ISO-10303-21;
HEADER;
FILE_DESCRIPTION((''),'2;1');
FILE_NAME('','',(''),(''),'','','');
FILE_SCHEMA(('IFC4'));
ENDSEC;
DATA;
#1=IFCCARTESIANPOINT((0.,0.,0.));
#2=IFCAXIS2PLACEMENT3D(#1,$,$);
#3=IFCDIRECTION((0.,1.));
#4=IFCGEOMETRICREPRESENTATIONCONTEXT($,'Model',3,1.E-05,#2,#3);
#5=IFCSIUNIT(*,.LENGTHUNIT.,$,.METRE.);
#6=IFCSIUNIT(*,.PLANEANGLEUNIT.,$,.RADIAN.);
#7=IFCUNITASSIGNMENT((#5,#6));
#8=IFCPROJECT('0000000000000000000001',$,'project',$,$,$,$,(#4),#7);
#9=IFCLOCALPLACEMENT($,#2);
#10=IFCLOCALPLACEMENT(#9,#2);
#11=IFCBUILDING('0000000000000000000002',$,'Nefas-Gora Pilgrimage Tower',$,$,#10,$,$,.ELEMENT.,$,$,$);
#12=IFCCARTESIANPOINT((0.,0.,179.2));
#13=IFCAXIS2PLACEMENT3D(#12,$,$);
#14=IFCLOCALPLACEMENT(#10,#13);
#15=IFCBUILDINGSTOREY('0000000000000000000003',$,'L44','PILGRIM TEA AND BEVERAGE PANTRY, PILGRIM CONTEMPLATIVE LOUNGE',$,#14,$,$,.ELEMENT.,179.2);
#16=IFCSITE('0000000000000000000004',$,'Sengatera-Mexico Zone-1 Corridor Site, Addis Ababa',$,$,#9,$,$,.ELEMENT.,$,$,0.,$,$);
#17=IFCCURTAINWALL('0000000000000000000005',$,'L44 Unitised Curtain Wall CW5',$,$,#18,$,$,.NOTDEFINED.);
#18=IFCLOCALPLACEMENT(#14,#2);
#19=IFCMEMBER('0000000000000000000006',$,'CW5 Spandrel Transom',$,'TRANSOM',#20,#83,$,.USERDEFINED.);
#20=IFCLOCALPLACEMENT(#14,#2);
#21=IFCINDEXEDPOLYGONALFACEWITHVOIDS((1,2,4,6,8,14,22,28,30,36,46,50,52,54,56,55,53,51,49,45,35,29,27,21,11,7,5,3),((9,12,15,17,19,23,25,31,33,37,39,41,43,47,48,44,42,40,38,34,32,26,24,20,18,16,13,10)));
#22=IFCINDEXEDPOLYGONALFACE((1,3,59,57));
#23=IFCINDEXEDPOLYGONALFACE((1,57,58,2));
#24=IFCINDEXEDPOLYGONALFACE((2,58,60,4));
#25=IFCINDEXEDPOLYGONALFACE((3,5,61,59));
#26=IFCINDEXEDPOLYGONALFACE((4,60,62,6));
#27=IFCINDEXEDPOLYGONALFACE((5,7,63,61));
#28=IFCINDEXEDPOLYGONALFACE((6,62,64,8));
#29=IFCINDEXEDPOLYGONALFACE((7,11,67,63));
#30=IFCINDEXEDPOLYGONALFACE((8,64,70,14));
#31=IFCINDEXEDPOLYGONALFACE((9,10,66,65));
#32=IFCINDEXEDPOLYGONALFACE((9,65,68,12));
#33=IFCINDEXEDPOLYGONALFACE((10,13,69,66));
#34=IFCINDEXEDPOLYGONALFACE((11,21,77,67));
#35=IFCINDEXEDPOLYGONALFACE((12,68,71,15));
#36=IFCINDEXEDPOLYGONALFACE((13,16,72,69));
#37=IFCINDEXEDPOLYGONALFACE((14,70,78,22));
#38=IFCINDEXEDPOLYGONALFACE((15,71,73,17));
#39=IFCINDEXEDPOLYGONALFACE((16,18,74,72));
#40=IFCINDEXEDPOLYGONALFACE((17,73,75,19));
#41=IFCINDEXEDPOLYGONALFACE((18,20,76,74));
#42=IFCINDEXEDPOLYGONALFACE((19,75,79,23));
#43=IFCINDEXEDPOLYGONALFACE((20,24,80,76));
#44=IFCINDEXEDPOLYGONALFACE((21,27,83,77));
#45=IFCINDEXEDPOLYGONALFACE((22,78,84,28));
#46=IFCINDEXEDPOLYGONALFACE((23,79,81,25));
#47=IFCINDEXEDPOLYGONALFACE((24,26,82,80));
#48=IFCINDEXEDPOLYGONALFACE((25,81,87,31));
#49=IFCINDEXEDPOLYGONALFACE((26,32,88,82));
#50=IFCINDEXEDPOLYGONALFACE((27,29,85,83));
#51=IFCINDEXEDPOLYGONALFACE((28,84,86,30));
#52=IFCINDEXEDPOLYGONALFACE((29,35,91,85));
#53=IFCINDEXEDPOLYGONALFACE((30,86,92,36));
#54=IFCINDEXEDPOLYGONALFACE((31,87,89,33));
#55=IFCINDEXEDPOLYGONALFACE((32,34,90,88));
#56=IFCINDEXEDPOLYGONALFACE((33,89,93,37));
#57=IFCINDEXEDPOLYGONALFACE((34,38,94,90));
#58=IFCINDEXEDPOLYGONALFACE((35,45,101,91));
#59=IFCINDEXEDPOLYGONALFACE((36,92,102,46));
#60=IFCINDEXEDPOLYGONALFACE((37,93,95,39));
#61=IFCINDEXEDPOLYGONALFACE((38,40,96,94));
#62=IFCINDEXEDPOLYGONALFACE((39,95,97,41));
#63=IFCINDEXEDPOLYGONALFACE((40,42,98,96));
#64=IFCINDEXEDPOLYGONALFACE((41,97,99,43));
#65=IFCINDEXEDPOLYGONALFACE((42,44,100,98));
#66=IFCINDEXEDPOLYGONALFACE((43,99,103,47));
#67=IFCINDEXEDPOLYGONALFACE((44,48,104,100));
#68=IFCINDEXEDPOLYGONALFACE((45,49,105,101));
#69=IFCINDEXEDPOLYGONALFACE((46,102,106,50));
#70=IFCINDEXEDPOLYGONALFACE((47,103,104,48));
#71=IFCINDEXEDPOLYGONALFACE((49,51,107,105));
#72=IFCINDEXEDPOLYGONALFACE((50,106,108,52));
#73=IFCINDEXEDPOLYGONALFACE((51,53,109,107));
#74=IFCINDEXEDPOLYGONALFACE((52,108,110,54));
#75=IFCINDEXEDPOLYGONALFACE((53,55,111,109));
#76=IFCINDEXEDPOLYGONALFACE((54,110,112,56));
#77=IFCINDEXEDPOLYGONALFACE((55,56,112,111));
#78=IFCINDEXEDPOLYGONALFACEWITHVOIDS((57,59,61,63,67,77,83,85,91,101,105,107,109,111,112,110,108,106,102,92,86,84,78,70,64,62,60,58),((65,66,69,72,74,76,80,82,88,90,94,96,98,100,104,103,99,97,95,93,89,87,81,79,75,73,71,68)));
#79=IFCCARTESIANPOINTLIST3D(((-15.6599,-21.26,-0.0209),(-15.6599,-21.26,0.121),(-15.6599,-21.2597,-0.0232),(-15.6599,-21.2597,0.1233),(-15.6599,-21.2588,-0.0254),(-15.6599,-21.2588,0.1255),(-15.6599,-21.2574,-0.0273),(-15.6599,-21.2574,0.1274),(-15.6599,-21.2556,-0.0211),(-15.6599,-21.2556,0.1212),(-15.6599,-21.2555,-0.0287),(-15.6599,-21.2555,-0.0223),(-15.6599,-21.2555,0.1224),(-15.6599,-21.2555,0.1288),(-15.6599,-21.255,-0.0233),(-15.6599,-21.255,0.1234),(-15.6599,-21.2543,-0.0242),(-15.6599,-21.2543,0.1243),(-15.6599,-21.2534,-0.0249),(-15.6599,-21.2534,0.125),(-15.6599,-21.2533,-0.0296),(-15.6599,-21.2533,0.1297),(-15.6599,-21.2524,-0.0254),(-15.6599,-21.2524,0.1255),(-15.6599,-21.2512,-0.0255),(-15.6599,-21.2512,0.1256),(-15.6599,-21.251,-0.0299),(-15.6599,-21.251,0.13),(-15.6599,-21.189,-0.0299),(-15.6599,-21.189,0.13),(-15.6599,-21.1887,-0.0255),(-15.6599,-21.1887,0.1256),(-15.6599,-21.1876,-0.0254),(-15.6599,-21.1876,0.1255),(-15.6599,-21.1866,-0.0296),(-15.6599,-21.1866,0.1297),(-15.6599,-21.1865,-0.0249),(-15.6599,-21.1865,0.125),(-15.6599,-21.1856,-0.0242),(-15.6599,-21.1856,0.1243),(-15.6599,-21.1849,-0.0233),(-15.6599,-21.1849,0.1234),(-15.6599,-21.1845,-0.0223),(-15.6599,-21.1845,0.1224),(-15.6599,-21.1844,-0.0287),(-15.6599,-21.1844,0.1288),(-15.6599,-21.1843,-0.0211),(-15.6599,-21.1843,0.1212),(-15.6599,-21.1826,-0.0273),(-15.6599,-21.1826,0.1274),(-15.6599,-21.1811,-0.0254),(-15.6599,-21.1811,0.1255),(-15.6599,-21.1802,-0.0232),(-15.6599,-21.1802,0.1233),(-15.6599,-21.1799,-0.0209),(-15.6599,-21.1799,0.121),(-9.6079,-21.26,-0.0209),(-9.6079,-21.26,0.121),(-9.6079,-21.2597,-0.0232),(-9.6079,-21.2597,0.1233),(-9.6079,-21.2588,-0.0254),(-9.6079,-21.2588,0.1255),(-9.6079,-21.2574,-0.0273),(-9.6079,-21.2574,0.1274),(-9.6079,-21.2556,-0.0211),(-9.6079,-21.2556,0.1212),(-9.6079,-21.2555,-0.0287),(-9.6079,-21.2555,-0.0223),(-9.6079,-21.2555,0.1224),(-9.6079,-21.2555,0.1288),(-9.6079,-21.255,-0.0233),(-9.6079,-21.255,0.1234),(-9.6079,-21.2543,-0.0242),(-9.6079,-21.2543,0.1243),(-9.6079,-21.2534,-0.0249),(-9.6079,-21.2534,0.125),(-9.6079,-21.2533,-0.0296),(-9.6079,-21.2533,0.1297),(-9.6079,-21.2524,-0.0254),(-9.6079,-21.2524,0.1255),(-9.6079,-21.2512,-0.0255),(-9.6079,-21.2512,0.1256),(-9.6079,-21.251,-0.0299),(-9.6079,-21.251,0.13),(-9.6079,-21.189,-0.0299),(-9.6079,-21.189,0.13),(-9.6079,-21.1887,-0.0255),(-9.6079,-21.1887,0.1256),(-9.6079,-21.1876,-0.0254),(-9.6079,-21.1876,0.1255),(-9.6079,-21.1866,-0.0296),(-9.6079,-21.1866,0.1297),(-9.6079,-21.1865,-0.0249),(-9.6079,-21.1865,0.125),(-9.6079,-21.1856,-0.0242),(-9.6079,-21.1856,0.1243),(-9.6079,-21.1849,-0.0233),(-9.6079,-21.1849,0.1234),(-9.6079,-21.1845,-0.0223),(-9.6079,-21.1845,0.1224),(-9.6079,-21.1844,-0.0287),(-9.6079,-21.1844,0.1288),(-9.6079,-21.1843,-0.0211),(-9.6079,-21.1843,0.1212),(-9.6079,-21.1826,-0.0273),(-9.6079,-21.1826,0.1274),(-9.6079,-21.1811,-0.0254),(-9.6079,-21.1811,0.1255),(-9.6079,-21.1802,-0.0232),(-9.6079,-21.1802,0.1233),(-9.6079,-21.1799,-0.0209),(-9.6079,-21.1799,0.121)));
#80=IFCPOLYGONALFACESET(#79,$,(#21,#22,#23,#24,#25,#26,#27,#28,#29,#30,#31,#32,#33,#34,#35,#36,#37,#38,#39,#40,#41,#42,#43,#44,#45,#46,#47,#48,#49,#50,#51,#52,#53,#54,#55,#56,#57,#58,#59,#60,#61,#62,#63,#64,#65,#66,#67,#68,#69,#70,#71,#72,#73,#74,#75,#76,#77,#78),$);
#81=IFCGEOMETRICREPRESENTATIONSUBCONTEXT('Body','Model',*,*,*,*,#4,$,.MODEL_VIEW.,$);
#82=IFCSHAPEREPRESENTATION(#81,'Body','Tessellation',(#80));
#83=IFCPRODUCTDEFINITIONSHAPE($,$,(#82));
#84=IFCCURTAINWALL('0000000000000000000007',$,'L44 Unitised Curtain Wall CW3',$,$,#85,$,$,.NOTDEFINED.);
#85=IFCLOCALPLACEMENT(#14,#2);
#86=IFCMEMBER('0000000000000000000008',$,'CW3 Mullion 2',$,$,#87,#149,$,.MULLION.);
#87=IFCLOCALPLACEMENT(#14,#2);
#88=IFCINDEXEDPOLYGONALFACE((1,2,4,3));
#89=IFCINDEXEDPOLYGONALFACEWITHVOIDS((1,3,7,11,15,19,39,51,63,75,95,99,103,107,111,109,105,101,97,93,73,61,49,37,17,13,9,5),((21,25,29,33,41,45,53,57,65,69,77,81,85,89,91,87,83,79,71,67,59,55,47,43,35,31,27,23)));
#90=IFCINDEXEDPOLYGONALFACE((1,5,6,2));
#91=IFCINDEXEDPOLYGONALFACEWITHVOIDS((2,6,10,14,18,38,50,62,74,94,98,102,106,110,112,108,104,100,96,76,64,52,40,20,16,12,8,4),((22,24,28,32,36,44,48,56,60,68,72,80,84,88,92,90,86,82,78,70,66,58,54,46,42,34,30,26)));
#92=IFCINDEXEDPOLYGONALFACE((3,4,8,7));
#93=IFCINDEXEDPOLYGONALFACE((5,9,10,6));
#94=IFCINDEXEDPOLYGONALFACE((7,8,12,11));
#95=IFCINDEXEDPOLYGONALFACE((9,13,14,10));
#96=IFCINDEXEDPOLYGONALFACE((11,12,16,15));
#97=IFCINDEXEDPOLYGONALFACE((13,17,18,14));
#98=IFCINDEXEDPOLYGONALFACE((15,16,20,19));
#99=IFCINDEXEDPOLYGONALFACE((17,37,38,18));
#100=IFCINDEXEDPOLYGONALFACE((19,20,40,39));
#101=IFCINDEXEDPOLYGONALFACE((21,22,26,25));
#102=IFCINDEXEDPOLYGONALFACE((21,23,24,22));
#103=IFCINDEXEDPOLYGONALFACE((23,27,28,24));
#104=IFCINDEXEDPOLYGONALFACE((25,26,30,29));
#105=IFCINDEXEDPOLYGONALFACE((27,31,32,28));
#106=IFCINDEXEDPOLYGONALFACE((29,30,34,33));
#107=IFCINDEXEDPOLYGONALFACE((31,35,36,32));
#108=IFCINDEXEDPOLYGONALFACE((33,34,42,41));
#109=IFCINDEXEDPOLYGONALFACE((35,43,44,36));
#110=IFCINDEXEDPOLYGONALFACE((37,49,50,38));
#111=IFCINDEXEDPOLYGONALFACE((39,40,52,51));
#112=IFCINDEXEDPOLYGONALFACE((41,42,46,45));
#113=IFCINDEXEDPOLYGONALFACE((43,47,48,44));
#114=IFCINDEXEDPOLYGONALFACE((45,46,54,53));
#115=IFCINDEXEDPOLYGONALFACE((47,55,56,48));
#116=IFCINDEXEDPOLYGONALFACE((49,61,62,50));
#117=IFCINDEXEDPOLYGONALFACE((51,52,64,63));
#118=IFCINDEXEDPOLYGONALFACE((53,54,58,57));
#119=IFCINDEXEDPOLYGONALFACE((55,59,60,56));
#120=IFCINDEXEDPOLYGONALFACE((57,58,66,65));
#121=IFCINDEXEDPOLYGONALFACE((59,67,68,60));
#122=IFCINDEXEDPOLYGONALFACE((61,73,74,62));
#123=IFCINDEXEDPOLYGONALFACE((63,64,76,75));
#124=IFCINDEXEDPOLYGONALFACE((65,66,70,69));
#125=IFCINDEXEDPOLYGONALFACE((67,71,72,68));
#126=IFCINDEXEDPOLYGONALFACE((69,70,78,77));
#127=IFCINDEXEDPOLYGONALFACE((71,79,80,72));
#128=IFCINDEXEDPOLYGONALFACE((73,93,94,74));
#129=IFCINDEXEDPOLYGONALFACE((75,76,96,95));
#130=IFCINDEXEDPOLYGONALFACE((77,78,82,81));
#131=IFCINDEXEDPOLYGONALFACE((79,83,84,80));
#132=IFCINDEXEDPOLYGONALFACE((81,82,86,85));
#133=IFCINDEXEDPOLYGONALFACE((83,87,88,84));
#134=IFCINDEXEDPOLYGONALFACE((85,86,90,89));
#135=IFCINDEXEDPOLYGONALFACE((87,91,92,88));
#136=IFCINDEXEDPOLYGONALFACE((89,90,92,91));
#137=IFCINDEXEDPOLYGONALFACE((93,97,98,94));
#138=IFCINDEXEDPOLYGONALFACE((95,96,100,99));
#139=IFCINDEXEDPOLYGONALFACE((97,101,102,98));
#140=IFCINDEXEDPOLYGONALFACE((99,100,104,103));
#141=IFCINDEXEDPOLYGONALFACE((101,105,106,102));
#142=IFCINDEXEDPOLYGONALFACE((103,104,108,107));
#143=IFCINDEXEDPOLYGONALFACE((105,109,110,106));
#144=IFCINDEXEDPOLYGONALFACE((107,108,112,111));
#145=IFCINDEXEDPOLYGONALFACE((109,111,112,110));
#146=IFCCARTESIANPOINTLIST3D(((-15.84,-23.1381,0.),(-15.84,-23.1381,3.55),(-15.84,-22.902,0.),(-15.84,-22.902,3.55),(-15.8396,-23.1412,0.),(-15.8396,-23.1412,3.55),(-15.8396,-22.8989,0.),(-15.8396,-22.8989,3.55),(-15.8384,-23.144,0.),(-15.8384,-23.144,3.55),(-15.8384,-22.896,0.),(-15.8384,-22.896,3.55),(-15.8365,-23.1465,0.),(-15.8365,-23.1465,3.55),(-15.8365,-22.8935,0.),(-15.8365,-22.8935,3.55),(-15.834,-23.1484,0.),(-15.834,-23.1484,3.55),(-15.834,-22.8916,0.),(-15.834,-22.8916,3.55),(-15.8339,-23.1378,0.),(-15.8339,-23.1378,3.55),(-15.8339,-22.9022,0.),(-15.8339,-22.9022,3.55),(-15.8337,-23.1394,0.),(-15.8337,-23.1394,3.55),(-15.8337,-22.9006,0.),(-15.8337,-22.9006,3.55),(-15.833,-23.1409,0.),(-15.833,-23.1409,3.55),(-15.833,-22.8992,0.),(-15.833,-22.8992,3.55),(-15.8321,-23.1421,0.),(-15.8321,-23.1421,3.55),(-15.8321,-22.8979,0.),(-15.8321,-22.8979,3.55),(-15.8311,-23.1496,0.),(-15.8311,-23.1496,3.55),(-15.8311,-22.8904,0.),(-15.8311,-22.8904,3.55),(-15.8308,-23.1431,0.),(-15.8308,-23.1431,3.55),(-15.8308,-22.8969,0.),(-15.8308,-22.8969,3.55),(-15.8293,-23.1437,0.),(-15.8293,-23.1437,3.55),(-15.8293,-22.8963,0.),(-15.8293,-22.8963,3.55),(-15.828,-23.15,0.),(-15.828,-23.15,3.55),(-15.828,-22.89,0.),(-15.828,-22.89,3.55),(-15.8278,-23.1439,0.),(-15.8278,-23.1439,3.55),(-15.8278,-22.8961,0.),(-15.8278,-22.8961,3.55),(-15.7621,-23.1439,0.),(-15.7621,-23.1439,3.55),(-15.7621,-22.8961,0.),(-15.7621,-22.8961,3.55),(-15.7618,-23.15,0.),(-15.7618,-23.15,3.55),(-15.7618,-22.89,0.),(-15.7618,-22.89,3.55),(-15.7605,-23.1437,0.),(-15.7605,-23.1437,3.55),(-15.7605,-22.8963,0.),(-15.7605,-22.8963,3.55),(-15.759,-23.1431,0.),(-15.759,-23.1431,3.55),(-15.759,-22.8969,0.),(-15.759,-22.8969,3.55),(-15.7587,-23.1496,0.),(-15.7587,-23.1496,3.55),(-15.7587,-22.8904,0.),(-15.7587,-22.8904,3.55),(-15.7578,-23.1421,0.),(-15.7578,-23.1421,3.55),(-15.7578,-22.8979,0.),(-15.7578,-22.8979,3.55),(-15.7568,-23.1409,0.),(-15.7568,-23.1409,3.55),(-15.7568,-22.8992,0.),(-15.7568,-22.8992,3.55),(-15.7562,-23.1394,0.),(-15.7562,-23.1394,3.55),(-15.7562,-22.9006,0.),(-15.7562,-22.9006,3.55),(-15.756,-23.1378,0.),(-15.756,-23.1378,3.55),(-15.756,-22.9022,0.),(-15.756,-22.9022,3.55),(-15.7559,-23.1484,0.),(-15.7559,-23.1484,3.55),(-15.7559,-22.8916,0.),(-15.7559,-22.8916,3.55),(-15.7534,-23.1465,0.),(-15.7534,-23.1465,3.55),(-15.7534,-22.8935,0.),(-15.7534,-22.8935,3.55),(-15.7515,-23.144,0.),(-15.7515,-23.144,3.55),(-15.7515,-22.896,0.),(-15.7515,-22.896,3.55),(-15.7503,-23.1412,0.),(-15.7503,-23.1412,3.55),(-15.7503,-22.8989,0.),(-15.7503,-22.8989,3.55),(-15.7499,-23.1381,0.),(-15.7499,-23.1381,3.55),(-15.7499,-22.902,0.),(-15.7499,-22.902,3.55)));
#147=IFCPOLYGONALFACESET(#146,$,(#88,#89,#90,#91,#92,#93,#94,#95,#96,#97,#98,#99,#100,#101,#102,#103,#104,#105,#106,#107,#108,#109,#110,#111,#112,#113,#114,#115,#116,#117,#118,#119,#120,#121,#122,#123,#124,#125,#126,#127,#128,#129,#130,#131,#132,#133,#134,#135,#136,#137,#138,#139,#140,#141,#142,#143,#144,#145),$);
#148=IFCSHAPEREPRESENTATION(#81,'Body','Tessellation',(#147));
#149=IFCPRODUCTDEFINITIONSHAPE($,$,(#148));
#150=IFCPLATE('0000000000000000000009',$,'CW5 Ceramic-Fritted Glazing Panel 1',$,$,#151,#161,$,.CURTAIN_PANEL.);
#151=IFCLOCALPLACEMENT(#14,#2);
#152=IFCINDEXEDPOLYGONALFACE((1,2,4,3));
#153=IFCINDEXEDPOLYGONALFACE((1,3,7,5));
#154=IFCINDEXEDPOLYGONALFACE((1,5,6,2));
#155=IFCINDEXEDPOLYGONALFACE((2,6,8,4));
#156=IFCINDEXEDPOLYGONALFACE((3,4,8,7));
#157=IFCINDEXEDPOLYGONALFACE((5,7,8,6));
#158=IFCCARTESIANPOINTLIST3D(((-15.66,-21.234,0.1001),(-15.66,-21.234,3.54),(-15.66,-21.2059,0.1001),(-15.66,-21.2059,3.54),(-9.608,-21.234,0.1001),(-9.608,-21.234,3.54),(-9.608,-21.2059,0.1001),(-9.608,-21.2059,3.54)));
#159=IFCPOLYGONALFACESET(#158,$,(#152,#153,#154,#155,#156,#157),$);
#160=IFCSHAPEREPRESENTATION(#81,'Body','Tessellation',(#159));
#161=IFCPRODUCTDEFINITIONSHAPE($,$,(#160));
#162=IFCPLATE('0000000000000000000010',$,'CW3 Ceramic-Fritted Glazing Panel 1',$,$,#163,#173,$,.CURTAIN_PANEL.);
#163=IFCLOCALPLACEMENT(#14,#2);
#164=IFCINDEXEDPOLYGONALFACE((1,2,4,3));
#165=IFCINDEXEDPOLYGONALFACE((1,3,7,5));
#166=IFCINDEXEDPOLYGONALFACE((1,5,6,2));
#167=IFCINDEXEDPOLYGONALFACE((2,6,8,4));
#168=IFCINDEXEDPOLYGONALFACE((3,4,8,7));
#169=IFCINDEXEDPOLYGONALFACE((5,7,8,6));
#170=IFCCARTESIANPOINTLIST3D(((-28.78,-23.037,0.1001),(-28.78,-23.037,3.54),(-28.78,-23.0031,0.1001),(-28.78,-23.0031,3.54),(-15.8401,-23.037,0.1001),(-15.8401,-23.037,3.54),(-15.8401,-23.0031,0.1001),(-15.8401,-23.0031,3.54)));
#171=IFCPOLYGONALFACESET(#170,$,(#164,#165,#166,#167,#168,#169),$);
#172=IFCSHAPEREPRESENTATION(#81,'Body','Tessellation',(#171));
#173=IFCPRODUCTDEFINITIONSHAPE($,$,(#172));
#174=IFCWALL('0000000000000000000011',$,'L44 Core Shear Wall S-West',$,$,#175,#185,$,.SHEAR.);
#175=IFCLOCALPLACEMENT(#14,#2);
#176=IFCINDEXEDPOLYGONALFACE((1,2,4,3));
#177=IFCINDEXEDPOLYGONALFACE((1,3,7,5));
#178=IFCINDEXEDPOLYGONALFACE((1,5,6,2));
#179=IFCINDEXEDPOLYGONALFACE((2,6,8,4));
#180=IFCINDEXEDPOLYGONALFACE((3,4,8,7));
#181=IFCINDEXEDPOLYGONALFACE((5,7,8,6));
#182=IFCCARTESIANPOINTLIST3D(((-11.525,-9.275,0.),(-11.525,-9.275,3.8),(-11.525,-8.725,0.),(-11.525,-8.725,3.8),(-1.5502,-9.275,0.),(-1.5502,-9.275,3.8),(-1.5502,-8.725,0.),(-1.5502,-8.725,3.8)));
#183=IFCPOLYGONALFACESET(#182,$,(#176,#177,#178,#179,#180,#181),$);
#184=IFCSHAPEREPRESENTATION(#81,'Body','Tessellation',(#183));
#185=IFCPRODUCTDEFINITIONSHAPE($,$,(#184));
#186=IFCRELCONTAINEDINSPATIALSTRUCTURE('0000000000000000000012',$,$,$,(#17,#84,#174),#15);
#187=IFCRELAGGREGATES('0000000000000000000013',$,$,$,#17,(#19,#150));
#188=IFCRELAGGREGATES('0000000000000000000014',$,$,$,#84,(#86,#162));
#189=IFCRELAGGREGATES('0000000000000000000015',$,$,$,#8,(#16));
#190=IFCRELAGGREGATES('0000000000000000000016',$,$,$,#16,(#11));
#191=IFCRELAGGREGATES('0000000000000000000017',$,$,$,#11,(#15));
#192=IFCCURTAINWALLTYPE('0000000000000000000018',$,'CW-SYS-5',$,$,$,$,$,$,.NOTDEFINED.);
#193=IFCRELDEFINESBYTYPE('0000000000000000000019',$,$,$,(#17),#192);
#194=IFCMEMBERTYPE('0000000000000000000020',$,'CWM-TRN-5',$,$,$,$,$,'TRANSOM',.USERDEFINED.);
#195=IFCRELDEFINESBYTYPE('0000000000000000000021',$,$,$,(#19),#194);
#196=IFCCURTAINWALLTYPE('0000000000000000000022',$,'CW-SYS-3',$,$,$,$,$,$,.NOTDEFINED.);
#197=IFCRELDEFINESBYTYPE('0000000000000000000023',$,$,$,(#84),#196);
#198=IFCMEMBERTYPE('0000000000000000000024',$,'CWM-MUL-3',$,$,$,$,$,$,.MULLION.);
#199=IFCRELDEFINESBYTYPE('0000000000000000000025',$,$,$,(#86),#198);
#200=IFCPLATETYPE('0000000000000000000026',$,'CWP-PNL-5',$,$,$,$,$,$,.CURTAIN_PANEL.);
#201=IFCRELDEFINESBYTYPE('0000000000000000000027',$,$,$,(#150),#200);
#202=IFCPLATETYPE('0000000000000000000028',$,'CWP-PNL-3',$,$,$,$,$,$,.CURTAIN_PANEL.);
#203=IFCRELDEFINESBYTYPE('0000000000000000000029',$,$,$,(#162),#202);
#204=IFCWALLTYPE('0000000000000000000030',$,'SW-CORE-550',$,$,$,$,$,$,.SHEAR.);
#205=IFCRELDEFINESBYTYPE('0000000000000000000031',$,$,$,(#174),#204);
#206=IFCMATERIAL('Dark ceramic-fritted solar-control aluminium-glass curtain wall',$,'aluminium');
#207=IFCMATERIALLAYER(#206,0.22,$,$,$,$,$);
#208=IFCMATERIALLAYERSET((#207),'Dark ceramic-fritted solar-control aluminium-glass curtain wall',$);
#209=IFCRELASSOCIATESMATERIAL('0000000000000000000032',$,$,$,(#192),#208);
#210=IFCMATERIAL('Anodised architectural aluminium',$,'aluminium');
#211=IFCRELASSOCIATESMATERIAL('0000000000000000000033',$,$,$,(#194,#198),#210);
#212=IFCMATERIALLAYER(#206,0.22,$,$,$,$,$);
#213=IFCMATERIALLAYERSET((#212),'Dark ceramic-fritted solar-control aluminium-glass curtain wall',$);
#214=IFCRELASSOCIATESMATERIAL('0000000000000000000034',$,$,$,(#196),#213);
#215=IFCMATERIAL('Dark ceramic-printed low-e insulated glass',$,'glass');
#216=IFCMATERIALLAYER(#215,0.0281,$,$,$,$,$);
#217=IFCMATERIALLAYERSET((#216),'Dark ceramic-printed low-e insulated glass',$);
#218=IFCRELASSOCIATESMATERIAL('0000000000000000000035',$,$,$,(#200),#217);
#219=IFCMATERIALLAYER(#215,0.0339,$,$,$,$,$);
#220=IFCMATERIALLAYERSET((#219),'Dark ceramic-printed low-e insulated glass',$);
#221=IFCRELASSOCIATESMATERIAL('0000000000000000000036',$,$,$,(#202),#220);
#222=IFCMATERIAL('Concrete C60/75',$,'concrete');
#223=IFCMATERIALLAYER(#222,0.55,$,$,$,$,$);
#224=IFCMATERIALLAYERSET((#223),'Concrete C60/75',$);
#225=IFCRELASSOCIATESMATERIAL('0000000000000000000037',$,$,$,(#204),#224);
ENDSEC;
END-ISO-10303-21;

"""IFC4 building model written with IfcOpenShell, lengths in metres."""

from ifc_helpers import new_model, si_unit, direction, frame, frame_2d, origin, origin_2d, place, context, subcontext, project, spatial, rectangle, hollow_rectangle, extrude, source, transform, mapped, material, layer, layer_set, material_profile, profile_set, type_object, element, aggregate, save


model = new_model("IFC4")

# Units and contexts
model_context = context("Model", 3, precision=1e-05, world=origin(), true_north=direction((0.0, 1.0)))
body_context = subcontext(model_context, "Body", "Model", "MODEL_VIEW")
ifc_project = project(units=[si_unit("LENGTHUNIT", "METRE"), si_unit("PLANEANGLEUNIT", "RADIAN")], contexts=[model_context])

# Site, building, storey
site_placement = place(None, origin())
site = spatial("IfcSite", under=ifc_project, at=site_placement, Name="Sengatera-Mexico Zone-1 Corridor Site, Addis Ababa", CompositionType="ELEMENT", RefElevation=0.0)
building_placement = place(site_placement, origin())
building = spatial("IfcBuilding", under=site, at=building_placement, Name="Nefas-Gora Pilgrimage Tower", CompositionType="ELEMENT")
storey_placement = place(building_placement, frame((0.0, 0.0, 179.2)))
storey = spatial("IfcBuildingStorey", under=building, at=storey_placement, Name="L44", Description="PILGRIM TEA AND BEVERAGE PANTRY, PILGRIM CONTEMPLATIVE LOUNGE", CompositionType="ELEMENT", Elevation=179.2)

# Curtain wall, member
ifc_material_1 = material(Name="Dark ceramic-fritted solar-control aluminium-glass curtain wall", Category="aluminium")
ifc_layer_1 = layer(ifc_material_1, 0.22)
ifc_layer_set_1 = layer_set([ifc_layer_1], Name="Dark ceramic-fritted solar-control aluminium-glass curtain wall")
curtain_wall_type_1 = type_object("IfcCurtainWallType", Name="CW-SYS-5", PredefinedType="NOTDEFINED", material=ifc_layer_set_1)
curtain_wall_1_placement = place(storey_placement, origin())
curtain_wall_1 = element("IfcCurtainWall", 1, at=curtain_wall_1_placement, inside=storey, type_object=curtain_wall_type_1, Name="L44 Unitised Curtain Wall CW5", PredefinedType="NOTDEFINED")
ifc_material_2 = material(Name="Anodised architectural aluminium", Category="aluminium")
ifc_material_profile_1 = material_profile(ifc_material_2, hollow_rectangle(XDim=0.0801, YDim=0.1599, WallThickness=0.0044, InnerFilletRadius=0.0044, OuterFilletRadius=0.009, at=origin_2d()), Name="ALU TRANSOM 80x160")
ifc_profile_set_1 = profile_set([ifc_material_profile_1], Name="Anodised architectural aluminium")
member_type_1 = type_object("IfcMemberType", Name="CWM-TRN-5", ElementType="TRANSOM", PredefinedType="USERDEFINED", material=ifc_profile_set_1)
shared_shape_1 = source(origin(), body_context, "Body", "SweptSolid", [
    extrude(hollow_rectangle(XDim=0.0801, YDim=0.1599, WallThickness=0.0044, InnerFilletRadius=0.0044, OuterFilletRadius=0.009, at=origin_2d()), origin(), (0.0, 0.0, 1.0), 6.052),
])
member_1_placement = place(storey_placement, frame((-15.6599, -21.22, 0.05), z_axis=(1.0, 0.0, 0.0), x_axis=(0.0, 1.0, 0.0)))
member_1 = element("IfcMember", 2, at=member_1_placement, type_object=member_type_1, Name="CW5 Spandrel Transom", ObjectType="TRANSOM", PredefinedType="USERDEFINED", context=body_context, shape_type="MappedRepresentation", body=[
    mapped(shared_shape_1, transform((0.0, 0.0, 0.0), x_axis=(1.0, 0.0, 0.0), y_axis=(0.0, 1.0, 0.0), z_axis=(0.0, 0.0, 1.0), scale=1.0)),
])

# Curtain wall, member
ifc_layer_2 = layer(ifc_material_1, 0.22)
ifc_layer_set_2 = layer_set([ifc_layer_2], Name="Dark ceramic-fritted solar-control aluminium-glass curtain wall")
curtain_wall_type_2 = type_object("IfcCurtainWallType", Name="CW-SYS-3", PredefinedType="NOTDEFINED", material=ifc_layer_set_2)
curtain_wall_2_placement = place(storey_placement, origin())
curtain_wall_2 = element("IfcCurtainWall", 3, at=curtain_wall_2_placement, inside=storey, type_object=curtain_wall_type_2, Name="L44 Unitised Curtain Wall CW3", PredefinedType="NOTDEFINED")
ifc_material_profile_2 = material_profile(ifc_material_2, hollow_rectangle(XDim=0.0901, YDim=0.26, WallThickness=0.0061, InnerFilletRadius=0.0061, OuterFilletRadius=0.012, at=origin_2d()), Name="ALU MULLION 90x260")
ifc_profile_set_2 = profile_set([ifc_material_profile_2], Name="Anodised architectural aluminium")
member_type_2 = type_object("IfcMemberType", Name="CWM-MUL-3", PredefinedType="MULLION", material=ifc_profile_set_2)
shared_shape_2 = source(origin(), body_context, "Body", "SweptSolid", [
    extrude(hollow_rectangle(XDim=0.0901, YDim=0.26, WallThickness=0.0061, InnerFilletRadius=0.0061, OuterFilletRadius=0.012, at=origin_2d()), origin(), (0.0, 0.0, 1.0), 3.55),
])
member_2_placement = place(storey_placement, frame((-15.7949, -23.02, 0.0), z_axis=(0.0, 0.0, 1.0), x_axis=(1.0, 0.0, 0.0)))
member_2 = element("IfcMember", 4, at=member_2_placement, type_object=member_type_2, Name="CW3 Mullion 2", PredefinedType="MULLION", context=body_context, shape_type="MappedRepresentation", body=[
    mapped(shared_shape_2, transform((0.0, 0.0, 0.0), x_axis=(1.0, 0.0, 0.0), y_axis=(0.0, 1.0, 0.0), z_axis=(0.0, 0.0, 1.0), scale=1.0)),
])

# Plates
ifc_material_3 = material(Name="Dark ceramic-printed low-e insulated glass", Category="glass")
ifc_layer_3 = layer(ifc_material_3, 0.0281)
ifc_layer_set_3 = layer_set([ifc_layer_3], Name="Dark ceramic-printed low-e insulated glass")
plate_type_1 = type_object("IfcPlateType", Name="CWP-PNL-5", PredefinedType="CURTAIN_PANEL", material=ifc_layer_set_3)
shared_shape_3 = source(origin(), body_context, "Body", "SweptSolid", [
    extrude(rectangle(XDim=6.052, YDim=0.0281, at=origin_2d()), origin(), (0.0, 0.0, 1.0), 3.4399),
])
plate_1_placement = place(storey_placement, frame((-12.634, -21.22, 0.1001), z_axis=(0.0, 0.0, 1.0), x_axis=(1.0, 0.0, 0.0)))
plate_1 = element("IfcPlate", 5, at=plate_1_placement, type_object=plate_type_1, Name="CW5 Ceramic-Fritted Glazing Panel 1", PredefinedType="CURTAIN_PANEL", context=body_context, shape_type="MappedRepresentation", body=[
    mapped(shared_shape_3, transform((0.0, 0.0, 0.0), x_axis=(1.0, 0.0, 0.0), y_axis=(0.0, 1.0, 0.0), z_axis=(0.0, 0.0, 1.0), scale=1.0)),
])
aggregate(curtain_wall_1, [member_1, plate_1])
ifc_layer_4 = layer(ifc_material_3, 0.0339)
ifc_layer_set_4 = layer_set([ifc_layer_4], Name="Dark ceramic-printed low-e insulated glass")
plate_type_2 = type_object("IfcPlateType", Name="CWP-PNL-3", PredefinedType="CURTAIN_PANEL", material=ifc_layer_set_4)
shared_shape_4 = source(origin(), body_context, "Body", "SweptSolid", [
    extrude(rectangle(XDim=12.9399, YDim=0.0339, at=origin_2d()), origin(), (0.0, 0.0, 1.0), 3.4399),
])
plate_2_placement = place(storey_placement, frame((-22.3101, -23.02, 0.1001), z_axis=(0.0, 0.0, 1.0), x_axis=(1.0, 0.0, 0.0)))
plate_2 = element("IfcPlate", 6, at=plate_2_placement, type_object=plate_type_2, Name="CW3 Ceramic-Fritted Glazing Panel 1", PredefinedType="CURTAIN_PANEL", context=body_context, shape_type="MappedRepresentation", body=[
    mapped(shared_shape_4, transform((0.0, 0.0, 0.0), x_axis=(1.0, 0.0, 0.0), y_axis=(0.0, 1.0, 0.0), z_axis=(0.0, 0.0, 1.0), scale=1.0)),
])
aggregate(curtain_wall_2, [member_2, plate_2])

# Wall
ifc_material_4 = material(Name="Concrete C60/75", Category="concrete")
ifc_layer_5 = layer(ifc_material_4, 0.55)
ifc_layer_set_5 = layer_set([ifc_layer_5], Name="Concrete C60/75")
wall_type_1 = type_object("IfcWallType", Name="SW-CORE-550", PredefinedType="SHEAR", material=ifc_layer_set_5)
shared_shape_5 = source(origin(), body_context, "Body", "SweptSolid", [
    extrude(rectangle(XDim=9.9749, YDim=0.55, at=frame_2d((4.9873, 0.0))), origin(), (0.0, 0.0, 1.0), 3.8),
])
wall_1_placement = place(storey_placement, frame((-11.5249, -9.0, 0.0), z_axis=(0.0, 0.0, 1.0), x_axis=(1.0, 0.0, 0.0)))
element("IfcWall", 7, at=wall_1_placement, inside=storey, type_object=wall_type_1, Name="L44 Core Shear Wall S-West", PredefinedType="SHEAR", context=body_context, shape_type="MappedRepresentation", body=[
    mapped(shared_shape_5, transform((0.0, 0.0, 0.0), x_axis=(1.0, 0.0, 0.0), y_axis=(0.0, 1.0, 0.0), z_axis=(0.0, 0.0, 1.0), scale=1.0)),
])

save(model, "model.ifc")
